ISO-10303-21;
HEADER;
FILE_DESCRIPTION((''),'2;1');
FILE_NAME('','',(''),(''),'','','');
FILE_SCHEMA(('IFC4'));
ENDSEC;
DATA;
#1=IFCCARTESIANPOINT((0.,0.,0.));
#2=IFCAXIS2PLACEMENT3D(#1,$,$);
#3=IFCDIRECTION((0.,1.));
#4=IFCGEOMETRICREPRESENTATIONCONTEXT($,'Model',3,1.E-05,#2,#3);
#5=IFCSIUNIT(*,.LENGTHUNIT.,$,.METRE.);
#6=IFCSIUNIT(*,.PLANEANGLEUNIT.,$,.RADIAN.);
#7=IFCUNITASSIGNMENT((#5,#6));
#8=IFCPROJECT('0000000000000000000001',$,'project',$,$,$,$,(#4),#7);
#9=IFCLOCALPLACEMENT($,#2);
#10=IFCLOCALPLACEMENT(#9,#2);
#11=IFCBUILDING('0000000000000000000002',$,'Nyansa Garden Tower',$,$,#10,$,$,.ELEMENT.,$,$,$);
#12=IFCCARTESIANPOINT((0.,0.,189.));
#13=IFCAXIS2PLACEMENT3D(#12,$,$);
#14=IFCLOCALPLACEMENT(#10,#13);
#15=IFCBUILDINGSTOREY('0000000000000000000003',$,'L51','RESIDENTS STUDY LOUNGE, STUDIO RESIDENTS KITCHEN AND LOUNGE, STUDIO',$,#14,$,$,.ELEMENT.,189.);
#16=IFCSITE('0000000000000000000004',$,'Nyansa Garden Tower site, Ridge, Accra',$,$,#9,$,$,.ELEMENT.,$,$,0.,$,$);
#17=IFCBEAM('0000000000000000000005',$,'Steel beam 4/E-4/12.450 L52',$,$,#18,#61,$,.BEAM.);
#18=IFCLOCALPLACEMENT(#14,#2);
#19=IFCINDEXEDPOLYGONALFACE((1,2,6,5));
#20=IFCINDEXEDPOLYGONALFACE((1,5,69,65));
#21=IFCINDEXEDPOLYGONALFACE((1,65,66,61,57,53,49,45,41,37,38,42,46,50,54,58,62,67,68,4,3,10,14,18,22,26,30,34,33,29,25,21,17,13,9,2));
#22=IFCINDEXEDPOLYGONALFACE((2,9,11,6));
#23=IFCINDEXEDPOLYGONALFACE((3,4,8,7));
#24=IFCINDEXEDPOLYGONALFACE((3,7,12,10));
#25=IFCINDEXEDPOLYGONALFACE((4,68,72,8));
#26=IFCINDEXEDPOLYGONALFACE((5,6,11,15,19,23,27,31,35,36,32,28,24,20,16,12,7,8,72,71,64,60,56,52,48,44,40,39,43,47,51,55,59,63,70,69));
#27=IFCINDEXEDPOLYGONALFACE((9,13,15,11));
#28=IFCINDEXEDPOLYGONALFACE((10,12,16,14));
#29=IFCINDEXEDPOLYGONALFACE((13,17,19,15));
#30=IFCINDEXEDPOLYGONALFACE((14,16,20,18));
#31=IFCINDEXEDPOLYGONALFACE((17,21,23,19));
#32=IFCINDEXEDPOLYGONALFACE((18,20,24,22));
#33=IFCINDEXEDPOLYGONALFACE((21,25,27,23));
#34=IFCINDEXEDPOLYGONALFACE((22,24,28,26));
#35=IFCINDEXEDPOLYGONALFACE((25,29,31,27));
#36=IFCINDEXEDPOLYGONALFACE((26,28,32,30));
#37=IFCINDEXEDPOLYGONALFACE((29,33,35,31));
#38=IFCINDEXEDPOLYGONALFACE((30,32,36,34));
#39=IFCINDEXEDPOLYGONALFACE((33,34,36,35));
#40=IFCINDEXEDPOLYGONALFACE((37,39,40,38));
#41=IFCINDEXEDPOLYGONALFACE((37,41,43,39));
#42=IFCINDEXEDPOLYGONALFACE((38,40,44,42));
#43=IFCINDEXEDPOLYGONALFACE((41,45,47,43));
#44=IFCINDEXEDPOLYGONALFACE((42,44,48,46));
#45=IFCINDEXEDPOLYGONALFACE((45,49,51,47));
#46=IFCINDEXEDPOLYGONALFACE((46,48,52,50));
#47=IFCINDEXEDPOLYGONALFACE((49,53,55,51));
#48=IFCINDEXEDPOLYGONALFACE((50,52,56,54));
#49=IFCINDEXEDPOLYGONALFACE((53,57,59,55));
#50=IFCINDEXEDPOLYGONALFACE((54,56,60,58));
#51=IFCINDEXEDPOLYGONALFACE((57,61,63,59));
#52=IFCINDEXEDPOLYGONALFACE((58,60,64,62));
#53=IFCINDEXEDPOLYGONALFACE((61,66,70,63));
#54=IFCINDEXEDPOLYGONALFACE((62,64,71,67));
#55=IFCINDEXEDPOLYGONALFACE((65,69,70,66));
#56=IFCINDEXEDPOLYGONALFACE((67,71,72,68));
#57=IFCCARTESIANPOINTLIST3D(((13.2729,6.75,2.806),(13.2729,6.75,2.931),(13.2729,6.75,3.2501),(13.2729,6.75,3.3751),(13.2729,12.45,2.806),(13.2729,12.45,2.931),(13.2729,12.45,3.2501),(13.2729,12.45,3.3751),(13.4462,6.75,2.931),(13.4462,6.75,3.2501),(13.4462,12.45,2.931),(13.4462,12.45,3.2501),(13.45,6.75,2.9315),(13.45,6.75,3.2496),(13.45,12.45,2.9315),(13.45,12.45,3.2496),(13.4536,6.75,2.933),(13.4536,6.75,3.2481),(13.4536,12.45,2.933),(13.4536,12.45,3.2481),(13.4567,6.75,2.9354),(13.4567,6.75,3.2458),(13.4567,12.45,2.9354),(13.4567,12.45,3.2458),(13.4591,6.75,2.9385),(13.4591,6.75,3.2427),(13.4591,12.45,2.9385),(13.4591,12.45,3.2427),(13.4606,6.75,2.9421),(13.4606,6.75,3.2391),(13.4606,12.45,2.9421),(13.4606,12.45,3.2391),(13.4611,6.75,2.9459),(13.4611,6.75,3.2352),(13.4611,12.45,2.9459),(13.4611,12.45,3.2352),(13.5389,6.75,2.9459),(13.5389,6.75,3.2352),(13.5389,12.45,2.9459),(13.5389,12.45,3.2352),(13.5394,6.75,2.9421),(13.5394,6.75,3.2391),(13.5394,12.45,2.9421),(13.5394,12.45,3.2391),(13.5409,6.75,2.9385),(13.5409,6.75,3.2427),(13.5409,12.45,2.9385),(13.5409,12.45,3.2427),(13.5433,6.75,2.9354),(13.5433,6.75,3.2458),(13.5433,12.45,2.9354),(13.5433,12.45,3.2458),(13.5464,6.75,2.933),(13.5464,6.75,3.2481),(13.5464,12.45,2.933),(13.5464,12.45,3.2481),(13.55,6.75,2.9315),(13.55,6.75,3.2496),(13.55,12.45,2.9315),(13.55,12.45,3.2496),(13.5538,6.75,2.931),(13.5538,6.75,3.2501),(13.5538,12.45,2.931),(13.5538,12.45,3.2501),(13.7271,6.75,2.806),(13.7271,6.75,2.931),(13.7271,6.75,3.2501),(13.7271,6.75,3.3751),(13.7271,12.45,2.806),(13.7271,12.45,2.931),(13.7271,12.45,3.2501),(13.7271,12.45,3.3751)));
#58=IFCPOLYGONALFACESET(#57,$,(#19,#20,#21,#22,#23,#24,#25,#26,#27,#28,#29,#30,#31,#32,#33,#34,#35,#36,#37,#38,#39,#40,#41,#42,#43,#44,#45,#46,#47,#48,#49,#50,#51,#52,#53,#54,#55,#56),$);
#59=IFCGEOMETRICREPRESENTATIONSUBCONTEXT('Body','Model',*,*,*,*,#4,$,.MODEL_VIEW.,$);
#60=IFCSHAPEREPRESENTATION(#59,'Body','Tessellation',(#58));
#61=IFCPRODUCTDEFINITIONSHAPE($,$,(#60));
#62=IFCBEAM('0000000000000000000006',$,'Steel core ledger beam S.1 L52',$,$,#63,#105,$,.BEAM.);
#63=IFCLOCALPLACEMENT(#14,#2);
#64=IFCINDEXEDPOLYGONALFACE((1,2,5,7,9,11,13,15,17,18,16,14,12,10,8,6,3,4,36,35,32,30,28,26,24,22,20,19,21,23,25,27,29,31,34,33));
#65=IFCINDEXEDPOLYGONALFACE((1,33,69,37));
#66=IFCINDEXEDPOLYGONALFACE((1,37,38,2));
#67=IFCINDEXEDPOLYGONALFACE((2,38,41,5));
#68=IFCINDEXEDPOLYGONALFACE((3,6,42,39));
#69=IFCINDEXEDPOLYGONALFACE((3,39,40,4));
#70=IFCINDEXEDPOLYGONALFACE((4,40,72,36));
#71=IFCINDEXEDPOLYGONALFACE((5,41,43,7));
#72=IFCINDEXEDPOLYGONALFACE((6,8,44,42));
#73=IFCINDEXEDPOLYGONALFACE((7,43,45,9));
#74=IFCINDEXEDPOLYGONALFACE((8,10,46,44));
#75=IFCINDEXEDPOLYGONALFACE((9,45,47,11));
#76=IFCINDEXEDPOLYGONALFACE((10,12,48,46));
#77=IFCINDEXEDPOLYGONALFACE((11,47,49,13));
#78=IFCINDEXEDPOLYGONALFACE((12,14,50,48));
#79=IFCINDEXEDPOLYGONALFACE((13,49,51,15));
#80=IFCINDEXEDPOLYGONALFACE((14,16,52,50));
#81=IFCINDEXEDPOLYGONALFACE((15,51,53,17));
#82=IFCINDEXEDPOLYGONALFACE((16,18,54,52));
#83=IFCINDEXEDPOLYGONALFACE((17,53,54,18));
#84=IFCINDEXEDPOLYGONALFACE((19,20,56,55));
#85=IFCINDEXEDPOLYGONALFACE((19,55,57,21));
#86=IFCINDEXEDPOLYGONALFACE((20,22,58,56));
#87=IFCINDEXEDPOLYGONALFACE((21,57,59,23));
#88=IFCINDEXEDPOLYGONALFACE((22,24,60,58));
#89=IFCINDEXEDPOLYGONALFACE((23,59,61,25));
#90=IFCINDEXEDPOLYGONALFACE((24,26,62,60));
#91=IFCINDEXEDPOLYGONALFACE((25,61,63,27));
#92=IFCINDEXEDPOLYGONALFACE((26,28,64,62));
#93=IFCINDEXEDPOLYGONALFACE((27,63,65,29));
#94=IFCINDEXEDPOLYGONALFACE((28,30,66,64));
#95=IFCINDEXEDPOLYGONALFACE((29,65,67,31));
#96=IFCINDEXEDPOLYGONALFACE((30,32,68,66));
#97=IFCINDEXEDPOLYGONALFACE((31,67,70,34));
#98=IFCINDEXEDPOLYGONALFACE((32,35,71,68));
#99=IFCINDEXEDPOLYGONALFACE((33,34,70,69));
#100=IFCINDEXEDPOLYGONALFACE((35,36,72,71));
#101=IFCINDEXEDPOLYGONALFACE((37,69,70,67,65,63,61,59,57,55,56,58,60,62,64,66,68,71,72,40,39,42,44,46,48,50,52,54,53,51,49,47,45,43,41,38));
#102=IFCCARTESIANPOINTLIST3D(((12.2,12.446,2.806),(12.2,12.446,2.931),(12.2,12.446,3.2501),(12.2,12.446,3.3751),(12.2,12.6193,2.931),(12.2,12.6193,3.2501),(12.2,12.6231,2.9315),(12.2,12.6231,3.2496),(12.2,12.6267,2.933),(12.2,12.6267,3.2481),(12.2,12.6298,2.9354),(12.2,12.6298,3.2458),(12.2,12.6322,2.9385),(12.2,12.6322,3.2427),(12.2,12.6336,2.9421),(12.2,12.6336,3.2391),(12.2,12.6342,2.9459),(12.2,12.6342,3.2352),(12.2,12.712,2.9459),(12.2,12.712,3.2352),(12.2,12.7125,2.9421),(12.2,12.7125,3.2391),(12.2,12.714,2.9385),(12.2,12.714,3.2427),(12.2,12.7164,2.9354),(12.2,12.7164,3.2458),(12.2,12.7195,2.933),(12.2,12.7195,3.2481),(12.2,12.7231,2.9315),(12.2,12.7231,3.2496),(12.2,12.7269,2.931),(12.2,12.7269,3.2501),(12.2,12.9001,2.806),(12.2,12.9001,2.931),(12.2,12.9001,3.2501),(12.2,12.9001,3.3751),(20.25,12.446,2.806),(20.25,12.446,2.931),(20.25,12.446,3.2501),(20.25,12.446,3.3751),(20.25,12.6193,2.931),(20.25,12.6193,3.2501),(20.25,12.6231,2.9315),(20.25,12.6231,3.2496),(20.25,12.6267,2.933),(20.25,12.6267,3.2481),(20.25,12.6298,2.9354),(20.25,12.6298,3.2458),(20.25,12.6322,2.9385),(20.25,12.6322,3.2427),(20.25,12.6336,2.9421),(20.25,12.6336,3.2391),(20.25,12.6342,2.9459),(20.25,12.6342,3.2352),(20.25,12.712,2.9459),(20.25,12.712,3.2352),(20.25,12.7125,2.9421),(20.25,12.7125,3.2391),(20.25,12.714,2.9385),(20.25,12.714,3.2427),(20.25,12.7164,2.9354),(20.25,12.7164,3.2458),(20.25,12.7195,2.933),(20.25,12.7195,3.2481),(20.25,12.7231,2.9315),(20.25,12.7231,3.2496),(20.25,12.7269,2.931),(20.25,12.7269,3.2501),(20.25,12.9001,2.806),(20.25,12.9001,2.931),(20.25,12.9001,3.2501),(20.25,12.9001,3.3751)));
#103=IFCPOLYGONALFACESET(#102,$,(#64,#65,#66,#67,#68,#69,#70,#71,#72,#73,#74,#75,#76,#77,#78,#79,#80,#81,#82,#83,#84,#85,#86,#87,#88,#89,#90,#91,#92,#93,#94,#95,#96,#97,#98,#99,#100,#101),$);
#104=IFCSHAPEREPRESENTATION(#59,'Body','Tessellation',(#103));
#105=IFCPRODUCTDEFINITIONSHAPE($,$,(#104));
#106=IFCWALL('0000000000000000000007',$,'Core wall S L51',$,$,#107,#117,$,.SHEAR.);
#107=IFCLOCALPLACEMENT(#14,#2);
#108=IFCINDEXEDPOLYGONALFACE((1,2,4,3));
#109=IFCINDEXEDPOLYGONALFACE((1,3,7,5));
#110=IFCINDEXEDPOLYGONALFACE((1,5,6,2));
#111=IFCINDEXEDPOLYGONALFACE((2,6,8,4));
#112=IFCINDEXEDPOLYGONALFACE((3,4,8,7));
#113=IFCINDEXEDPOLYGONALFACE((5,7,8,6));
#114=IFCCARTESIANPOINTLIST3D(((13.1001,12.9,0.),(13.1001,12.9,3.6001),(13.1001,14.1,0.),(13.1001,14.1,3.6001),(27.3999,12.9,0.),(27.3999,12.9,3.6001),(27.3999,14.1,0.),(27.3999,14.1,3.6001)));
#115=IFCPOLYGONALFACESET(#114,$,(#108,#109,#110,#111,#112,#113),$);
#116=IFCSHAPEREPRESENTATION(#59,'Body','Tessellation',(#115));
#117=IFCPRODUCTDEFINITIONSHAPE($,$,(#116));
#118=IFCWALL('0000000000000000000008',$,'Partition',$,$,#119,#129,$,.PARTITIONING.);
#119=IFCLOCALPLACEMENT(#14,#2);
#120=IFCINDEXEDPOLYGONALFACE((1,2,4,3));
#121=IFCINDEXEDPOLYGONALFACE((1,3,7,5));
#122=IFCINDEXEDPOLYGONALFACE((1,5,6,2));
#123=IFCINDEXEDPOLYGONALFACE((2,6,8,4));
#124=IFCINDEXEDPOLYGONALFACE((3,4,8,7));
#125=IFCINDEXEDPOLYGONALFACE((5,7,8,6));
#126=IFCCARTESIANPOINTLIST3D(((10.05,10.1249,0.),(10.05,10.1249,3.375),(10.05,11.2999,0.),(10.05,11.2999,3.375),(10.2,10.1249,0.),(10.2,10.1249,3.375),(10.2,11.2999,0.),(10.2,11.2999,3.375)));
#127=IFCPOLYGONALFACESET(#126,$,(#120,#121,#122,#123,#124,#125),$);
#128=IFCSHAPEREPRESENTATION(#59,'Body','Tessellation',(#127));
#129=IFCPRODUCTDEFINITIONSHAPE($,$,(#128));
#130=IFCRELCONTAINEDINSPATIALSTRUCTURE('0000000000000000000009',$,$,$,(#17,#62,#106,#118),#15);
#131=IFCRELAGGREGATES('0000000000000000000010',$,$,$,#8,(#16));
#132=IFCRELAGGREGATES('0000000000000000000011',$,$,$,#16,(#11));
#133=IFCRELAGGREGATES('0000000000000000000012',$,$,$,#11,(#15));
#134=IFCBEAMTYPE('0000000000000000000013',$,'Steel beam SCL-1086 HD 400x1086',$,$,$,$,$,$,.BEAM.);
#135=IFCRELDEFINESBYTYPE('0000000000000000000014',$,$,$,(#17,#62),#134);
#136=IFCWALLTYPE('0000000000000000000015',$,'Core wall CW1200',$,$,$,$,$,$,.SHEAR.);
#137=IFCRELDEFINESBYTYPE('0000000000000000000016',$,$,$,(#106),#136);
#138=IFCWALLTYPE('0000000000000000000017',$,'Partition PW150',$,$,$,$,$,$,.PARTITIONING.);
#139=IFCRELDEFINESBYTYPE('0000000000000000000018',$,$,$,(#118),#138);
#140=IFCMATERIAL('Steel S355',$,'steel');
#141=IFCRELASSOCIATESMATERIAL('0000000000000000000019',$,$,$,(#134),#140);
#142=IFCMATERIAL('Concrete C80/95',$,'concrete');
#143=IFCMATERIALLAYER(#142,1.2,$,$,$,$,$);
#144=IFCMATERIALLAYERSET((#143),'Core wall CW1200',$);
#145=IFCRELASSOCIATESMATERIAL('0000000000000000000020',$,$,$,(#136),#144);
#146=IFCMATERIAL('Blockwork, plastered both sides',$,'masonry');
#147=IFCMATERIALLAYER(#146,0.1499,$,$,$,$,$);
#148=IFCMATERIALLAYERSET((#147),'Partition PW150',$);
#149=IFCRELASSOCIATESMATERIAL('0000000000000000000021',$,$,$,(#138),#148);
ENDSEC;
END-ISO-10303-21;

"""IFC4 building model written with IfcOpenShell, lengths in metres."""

from ifc_helpers import new_model, si_unit, direction, frame, frame_2d, origin, origin_2d, place, context, subcontext, project, spatial, rectangle, i_section, extrude, material, layer, layer_set, material_profile, profile_set, type_object, element, save


model = new_model("IFC4")

# Units and contexts
model_context = context("Model", 3, precision=1e-05, world=origin(), true_north=direction((0.0, 1.0)))
body_context = subcontext(model_context, "Body", "Model", "MODEL_VIEW")
ifc_project = project(units=[si_unit("LENGTHUNIT", "METRE"), si_unit("PLANEANGLEUNIT", "RADIAN")], contexts=[model_context])

# Site, building, storey
site_placement = place(None, origin())
site = spatial("IfcSite", under=ifc_project, at=site_placement, Name="Nyansa Garden Tower site, Ridge, Accra", CompositionType="ELEMENT", RefElevation=0.0)
building_placement = place(site_placement, origin())
building = spatial("IfcBuilding", under=site, at=building_placement, Name="Nyansa Garden Tower", CompositionType="ELEMENT")
storey_placement = place(building_placement, frame((0.0, 0.0, 189.0)))
storey = spatial("IfcBuildingStorey", under=building, at=storey_placement, Name="L51", Description="RESIDENTS STUDY LOUNGE, STUDIO RESIDENTS KITCHEN AND LOUNGE, STUDIO", CompositionType="ELEMENT", Elevation=189.0)

# Beams
ifc_material_1 = material(Name="Steel S355", Category="steel")
ifc_material_profile_1 = material_profile(ifc_material_1, i_section(OverallWidth=0.4541, OverallDepth=0.5691, WebThickness=0.0779, FlangeThickness=0.125, FilletRadius=0.0149, at=origin_2d()), Name="HD 400x1086")
ifc_profile_set_1 = profile_set([ifc_material_profile_1], Name="Steel S355")
beam_type_1 = type_object("IfcBeamType", Name="Steel beam SCL-1086 HD 400x1086", PredefinedType="BEAM", material=ifc_profile_set_1)
beam_1_placement = place(storey_placement, frame((13.5, 6.75, 3.0906), z_axis=(0.0, 1.0, 0.0), x_axis=(-1.0, 0.0, 0.0)))
element("IfcBeam", 1, at=beam_1_placement, inside=storey, type_object=beam_type_1, Name="Steel beam 4/E-4/12.450 L52", PredefinedType="BEAM", context=body_context, shape_type="SweptSolid", body=[
    extrude(i_section(OverallWidth=0.4541, OverallDepth=0.5691, WebThickness=0.0779, FlangeThickness=0.125, FilletRadius=0.0149, at=origin_2d()), origin(), (0.0, 0.0, 1.0), 5.7),
])
beam_2_placement = place(storey_placement, frame((12.2, 12.6731, 3.0906), z_axis=(1.0, 0.0, 0.0), x_axis=(0.0, 1.0, 0.0)))
element("IfcBeam", 2, at=beam_2_placement, inside=storey, type_object=beam_type_1, Name="Steel core ledger beam S.1 L52", PredefinedType="BEAM", context=body_context, shape_type="SweptSolid", body=[
    extrude(i_section(OverallWidth=0.4541, OverallDepth=0.5691, WebThickness=0.0779, FlangeThickness=0.125, FilletRadius=0.0149, at=origin_2d()), origin(), (0.0, 0.0, 1.0), 8.05),
])

# Walls
ifc_material_2 = material(Name="Concrete C80/95", Category="concrete")
ifc_layer_1 = layer(ifc_material_2, 1.2)
ifc_layer_set_1 = layer_set([ifc_layer_1], Name="Core wall CW1200")
wall_type_1 = type_object("IfcWallType", Name="Core wall CW1200", PredefinedType="SHEAR", material=ifc_layer_set_1)
wall_1_placement = place(storey_placement, frame((13.1001, 13.5, 0.0), z_axis=(0.0, 0.0, 1.0), x_axis=(1.0, 0.0, 0.0)))
element("IfcWall", 3, at=wall_1_placement, inside=storey, type_object=wall_type_1, Name="Core wall S L51", PredefinedType="SHEAR", context=body_context, shape_type="SweptSolid", body=[
    extrude(rectangle(XDim=14.2998, YDim=1.2, at=frame_2d((7.1499, 0.0))), origin(), (0.0, 0.0, 1.0), 3.6001),
])
ifc_material_3 = material(Name="Blockwork, plastered both sides", Category="masonry")
ifc_layer_2 = layer(ifc_material_3, 0.1499)
ifc_layer_set_2 = layer_set([ifc_layer_2], Name="Partition PW150")
wall_type_2 = type_object("IfcWallType", Name="Partition PW150", PredefinedType="PARTITIONING", material=ifc_layer_set_2)
wall_2_placement = place(storey_placement, frame((10.125, 10.125, 0.0), z_axis=(0.0, 0.0, 1.0), x_axis=(0.0, 1.0, 0.0)))
element("IfcWall", 4, at=wall_2_placement, inside=storey, type_object=wall_type_2, Name="Partition", PredefinedType="PARTITIONING", context=body_context, shape_type="SweptSolid", body=[
    extrude(rectangle(XDim=1.175, YDim=0.1499, at=frame_2d((0.5874, 0.0))), origin(), (0.0, 0.0, 1.0), 3.375),
])

save(model, "model.ifc")
